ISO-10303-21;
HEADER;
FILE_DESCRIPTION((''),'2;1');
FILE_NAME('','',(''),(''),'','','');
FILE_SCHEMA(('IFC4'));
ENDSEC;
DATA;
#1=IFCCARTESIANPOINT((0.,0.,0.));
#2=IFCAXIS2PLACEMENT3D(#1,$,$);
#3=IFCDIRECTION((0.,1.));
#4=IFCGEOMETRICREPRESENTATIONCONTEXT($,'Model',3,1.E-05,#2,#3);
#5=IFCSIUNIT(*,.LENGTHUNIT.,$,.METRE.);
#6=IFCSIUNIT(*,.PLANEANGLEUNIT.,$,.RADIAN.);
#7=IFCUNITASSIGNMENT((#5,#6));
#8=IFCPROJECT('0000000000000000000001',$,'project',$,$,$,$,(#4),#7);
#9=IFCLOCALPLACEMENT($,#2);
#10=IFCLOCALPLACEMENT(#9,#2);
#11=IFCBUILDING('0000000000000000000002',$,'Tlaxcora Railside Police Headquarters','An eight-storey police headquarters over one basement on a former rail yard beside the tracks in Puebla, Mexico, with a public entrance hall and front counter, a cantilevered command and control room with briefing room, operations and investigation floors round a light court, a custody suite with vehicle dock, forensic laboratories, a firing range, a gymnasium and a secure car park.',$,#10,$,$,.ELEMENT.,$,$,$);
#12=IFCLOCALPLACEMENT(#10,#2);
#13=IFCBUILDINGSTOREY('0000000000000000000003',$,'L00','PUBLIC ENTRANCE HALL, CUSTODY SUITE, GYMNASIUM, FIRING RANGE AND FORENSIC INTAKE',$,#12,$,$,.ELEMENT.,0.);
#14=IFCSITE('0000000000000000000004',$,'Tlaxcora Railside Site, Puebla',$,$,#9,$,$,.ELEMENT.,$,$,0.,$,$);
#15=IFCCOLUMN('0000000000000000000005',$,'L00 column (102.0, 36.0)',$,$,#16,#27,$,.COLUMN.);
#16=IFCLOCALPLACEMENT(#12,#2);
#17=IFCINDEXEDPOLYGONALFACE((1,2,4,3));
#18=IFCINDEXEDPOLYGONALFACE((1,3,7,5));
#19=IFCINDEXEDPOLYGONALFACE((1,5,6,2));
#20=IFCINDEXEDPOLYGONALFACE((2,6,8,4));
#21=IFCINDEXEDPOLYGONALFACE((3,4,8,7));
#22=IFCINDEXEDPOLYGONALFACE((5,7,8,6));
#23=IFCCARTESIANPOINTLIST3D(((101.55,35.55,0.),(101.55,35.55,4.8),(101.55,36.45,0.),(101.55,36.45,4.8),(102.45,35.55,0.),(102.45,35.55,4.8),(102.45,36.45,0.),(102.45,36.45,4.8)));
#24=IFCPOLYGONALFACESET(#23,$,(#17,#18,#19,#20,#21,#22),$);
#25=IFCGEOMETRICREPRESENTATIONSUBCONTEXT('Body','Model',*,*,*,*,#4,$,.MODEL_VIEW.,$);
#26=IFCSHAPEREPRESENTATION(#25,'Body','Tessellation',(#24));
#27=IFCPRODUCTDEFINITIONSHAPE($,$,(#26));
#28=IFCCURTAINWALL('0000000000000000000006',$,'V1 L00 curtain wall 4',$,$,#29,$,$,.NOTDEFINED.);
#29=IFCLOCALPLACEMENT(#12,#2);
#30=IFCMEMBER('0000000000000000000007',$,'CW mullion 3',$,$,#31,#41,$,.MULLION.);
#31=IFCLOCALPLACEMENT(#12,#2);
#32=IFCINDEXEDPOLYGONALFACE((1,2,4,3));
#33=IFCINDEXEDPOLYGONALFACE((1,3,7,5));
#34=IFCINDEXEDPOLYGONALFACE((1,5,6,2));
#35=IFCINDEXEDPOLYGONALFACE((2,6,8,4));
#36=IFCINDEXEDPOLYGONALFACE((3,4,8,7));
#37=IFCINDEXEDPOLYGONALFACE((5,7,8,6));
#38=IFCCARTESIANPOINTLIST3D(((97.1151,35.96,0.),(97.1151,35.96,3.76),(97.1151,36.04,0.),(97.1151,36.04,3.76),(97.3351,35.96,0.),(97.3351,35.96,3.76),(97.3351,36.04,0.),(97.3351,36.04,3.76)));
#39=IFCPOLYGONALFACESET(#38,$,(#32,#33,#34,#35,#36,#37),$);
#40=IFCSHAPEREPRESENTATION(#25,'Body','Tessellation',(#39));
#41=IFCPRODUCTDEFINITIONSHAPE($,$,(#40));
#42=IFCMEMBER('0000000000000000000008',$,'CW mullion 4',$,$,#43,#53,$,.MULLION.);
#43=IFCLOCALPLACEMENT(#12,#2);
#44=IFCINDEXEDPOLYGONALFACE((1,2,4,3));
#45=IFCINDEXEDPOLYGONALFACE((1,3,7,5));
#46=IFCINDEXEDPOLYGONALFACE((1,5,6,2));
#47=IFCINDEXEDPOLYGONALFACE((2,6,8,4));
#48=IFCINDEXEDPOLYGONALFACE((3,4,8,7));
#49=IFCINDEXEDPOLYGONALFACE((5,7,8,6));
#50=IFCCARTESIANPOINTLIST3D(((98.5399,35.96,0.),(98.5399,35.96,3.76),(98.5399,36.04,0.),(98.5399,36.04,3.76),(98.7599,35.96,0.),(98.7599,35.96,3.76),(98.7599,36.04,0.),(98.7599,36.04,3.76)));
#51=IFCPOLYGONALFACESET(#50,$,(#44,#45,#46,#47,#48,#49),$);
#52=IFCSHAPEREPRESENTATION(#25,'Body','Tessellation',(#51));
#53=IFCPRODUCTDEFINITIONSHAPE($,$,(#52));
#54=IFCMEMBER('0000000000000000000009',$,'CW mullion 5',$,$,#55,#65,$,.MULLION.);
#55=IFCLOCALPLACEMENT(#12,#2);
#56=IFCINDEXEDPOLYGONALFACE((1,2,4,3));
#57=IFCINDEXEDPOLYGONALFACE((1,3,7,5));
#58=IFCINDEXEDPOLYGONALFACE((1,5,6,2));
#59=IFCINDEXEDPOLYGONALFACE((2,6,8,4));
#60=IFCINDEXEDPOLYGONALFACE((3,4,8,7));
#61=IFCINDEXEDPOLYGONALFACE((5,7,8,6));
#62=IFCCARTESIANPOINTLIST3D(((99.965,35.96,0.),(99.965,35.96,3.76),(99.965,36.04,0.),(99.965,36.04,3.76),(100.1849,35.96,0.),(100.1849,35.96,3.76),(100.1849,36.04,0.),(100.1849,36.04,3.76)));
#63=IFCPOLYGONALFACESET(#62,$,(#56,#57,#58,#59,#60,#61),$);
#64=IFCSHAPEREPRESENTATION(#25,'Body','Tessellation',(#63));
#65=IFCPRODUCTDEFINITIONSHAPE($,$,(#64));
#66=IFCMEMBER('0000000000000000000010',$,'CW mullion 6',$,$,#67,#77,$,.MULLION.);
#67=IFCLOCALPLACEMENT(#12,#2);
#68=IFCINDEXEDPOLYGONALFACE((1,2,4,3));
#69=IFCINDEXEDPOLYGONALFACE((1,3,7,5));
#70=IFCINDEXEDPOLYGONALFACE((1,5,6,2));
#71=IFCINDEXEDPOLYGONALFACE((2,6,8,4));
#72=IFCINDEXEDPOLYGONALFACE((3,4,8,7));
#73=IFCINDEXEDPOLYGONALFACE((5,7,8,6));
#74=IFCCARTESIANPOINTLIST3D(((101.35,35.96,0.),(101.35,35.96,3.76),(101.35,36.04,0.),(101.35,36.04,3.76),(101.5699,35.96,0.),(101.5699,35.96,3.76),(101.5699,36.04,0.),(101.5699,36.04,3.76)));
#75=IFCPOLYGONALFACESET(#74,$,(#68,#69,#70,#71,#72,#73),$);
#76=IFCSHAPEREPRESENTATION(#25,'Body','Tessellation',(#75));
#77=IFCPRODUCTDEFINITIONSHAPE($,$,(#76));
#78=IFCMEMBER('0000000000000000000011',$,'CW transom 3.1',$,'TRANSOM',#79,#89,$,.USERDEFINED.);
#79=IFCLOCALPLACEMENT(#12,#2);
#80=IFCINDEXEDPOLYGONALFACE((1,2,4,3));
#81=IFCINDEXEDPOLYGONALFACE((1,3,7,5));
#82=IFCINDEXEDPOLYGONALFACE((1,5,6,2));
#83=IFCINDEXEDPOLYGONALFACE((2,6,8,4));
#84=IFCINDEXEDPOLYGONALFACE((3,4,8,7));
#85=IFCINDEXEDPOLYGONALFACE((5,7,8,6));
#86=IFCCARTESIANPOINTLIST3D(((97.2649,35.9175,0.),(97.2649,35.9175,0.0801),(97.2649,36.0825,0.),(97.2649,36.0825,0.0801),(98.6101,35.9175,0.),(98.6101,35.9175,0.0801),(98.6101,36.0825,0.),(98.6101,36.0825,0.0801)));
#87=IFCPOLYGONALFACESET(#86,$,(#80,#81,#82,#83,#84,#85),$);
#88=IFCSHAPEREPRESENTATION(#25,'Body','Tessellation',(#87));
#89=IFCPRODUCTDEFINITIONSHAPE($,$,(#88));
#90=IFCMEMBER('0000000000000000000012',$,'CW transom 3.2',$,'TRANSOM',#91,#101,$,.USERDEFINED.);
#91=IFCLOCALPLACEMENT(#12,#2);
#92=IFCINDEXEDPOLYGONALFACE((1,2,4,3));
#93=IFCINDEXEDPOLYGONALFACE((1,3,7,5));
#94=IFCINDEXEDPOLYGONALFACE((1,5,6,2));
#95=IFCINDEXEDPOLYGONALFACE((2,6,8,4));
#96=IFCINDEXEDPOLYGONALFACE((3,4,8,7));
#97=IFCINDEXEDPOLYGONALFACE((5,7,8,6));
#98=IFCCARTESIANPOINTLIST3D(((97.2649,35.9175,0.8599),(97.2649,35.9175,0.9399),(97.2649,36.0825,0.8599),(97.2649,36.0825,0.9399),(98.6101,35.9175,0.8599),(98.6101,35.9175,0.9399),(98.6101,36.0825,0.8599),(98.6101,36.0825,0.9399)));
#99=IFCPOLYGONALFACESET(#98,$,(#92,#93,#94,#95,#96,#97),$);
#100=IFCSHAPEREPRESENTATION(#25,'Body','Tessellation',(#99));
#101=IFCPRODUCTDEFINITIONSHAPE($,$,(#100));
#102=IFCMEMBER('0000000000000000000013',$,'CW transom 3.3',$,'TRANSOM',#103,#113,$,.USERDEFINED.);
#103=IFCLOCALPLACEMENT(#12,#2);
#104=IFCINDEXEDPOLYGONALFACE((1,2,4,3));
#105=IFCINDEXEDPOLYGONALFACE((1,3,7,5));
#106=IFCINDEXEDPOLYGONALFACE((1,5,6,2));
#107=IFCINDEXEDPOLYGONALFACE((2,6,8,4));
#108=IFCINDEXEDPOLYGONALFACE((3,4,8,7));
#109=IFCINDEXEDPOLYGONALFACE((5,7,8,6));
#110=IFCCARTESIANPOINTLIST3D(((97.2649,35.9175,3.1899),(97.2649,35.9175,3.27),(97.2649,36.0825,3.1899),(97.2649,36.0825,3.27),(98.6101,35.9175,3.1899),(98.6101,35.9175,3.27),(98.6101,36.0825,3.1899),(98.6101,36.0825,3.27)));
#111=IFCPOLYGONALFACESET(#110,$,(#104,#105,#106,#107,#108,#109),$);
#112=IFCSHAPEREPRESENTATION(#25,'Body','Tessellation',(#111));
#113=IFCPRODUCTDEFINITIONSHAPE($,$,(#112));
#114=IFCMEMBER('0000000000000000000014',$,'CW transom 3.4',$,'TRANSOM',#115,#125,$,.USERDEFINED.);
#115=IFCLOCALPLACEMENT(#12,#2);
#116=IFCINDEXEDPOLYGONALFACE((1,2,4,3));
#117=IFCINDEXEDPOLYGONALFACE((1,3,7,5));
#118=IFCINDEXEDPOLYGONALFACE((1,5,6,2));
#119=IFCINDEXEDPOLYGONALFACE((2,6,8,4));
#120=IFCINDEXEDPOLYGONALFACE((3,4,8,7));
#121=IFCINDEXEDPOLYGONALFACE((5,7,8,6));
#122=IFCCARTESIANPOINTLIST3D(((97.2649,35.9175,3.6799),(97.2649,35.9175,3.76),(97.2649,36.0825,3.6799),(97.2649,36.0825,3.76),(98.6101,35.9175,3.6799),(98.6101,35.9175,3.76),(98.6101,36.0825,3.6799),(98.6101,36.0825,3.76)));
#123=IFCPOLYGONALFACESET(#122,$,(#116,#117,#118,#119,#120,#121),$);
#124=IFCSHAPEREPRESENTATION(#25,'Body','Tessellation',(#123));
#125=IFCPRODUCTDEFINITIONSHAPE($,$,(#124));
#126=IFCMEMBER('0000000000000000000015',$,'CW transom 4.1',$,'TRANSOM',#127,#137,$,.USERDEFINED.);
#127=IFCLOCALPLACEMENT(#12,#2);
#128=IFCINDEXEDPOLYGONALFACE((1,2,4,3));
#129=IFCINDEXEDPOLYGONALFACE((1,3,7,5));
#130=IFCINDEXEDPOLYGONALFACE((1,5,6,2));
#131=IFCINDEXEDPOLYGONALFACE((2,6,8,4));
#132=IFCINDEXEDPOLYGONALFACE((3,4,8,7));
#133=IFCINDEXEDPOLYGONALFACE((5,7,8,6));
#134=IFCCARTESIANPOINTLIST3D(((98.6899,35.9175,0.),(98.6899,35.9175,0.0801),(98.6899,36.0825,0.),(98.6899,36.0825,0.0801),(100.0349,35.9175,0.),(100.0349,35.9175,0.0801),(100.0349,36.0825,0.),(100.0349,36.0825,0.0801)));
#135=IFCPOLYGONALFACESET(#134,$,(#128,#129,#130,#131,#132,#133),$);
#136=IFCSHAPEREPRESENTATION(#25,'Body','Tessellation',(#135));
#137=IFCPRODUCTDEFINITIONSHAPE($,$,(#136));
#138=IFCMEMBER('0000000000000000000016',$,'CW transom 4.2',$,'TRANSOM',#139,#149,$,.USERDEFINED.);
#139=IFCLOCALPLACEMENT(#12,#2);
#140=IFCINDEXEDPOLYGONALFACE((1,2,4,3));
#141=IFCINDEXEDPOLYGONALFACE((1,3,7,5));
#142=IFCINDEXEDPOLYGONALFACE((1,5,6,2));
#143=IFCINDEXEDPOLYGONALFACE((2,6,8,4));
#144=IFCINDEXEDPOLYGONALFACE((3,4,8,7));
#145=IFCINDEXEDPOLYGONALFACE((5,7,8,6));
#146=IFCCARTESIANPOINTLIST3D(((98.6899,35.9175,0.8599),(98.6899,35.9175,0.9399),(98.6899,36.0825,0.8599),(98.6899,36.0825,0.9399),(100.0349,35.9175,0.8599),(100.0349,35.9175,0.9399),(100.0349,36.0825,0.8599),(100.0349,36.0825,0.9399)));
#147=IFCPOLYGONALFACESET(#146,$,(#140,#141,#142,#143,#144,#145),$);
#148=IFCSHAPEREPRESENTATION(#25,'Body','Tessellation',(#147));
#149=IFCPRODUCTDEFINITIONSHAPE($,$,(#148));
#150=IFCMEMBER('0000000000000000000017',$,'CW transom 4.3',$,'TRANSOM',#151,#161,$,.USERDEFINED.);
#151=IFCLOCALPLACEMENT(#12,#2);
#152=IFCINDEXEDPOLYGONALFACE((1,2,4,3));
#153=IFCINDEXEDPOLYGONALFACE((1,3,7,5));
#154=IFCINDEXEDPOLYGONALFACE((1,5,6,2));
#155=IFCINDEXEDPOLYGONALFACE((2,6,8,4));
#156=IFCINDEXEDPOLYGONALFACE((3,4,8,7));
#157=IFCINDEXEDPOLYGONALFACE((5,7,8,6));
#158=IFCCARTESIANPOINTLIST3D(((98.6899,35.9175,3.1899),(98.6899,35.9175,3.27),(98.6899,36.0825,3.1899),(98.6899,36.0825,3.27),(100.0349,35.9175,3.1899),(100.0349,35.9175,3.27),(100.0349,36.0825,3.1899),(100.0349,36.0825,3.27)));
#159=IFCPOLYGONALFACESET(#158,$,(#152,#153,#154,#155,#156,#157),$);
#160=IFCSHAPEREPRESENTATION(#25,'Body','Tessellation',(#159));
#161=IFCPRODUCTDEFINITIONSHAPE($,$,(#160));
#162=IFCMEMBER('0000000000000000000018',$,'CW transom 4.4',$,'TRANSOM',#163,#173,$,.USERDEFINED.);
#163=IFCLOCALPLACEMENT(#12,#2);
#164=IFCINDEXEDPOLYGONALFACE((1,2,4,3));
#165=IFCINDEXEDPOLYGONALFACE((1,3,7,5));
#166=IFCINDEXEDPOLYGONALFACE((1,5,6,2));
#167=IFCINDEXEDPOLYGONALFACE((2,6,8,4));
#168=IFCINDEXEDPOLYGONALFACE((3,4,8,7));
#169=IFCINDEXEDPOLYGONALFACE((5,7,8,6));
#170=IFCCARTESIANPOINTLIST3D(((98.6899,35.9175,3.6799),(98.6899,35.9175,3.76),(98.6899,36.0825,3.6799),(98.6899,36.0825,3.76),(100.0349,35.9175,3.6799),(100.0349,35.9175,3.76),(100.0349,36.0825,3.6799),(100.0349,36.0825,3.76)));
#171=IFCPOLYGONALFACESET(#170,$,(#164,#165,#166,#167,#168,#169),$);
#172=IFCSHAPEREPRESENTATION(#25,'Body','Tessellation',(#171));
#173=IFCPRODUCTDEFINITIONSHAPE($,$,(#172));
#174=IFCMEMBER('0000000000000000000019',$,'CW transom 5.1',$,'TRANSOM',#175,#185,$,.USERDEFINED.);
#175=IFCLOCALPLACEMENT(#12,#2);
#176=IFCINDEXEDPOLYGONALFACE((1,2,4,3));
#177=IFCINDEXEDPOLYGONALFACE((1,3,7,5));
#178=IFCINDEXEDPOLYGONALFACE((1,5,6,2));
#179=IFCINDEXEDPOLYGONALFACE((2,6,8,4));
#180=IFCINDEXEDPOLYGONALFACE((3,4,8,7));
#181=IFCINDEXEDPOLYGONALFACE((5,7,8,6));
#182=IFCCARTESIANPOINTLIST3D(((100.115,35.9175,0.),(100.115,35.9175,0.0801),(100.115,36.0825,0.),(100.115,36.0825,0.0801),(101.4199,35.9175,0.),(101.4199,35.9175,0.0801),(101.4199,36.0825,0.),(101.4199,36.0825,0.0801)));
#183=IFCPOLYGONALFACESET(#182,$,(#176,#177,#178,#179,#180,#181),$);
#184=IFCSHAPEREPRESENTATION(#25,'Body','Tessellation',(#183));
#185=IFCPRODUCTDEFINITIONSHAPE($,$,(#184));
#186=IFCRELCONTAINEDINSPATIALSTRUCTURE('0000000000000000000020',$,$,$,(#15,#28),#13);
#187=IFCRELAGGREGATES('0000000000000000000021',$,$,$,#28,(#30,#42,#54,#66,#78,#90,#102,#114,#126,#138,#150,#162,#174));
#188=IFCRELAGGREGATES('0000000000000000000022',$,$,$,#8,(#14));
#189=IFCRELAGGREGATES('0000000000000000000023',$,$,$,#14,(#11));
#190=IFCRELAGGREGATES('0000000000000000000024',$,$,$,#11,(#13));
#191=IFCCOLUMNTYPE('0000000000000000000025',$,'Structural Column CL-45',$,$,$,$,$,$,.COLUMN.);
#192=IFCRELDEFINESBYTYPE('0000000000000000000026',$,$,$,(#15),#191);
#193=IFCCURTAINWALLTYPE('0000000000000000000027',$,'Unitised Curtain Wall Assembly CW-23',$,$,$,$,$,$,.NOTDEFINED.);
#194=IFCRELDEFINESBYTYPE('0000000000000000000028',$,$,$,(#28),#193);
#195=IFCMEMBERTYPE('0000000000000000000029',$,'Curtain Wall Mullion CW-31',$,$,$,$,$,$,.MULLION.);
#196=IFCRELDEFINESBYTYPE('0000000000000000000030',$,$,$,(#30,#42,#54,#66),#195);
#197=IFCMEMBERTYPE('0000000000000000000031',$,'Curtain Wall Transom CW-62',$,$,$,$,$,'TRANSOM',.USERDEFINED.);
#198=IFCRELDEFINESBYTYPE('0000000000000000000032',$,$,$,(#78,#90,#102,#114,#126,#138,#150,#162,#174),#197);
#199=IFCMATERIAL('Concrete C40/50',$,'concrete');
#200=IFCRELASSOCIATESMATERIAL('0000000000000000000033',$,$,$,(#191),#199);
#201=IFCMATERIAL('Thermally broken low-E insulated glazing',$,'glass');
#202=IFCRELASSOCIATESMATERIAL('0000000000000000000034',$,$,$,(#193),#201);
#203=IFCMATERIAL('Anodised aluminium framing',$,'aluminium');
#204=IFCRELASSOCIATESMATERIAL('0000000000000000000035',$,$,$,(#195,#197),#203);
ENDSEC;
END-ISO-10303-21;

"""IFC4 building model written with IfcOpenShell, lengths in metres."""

from ifc_helpers import new_model, si_unit, direction, frame, origin, origin_2d, place, context, subcontext, project, spatial, rectangle, extrude, material, material_profile, profile_set, type_object, element, aggregate, save


model = new_model("IFC4")

# Units and contexts
model_context = context("Model", 3, precision=1e-05, world=origin(), true_north=direction((0.0, 1.0)))
body_context = subcontext(model_context, "Body", "Model", "MODEL_VIEW")
ifc_project = project(units=[si_unit("LENGTHUNIT", "METRE"), si_unit("PLANEANGLEUNIT", "RADIAN")], contexts=[model_context])

# Site, building, storey
site_placement = place(None, origin())
site = spatial("IfcSite", under=ifc_project, at=site_placement, Name="Tlaxcora Railside Site, Puebla", CompositionType="ELEMENT", RefElevation=0.0)
building_placement = place(site_placement, origin())
building = spatial("IfcBuilding", under=site, at=building_placement, Name="Tlaxcora Railside Police Headquarters", Description="An eight-storey police headquarters over one basement on a former rail yard beside the tracks in Puebla, Mexico, with a public entrance hall and front counter, a cantilevered command and control room with briefing room, operations and investigation floors round a light court, a custody suite with vehicle dock, forensic laboratories, a firing range, a gymnasium and a secure car park.", CompositionType="ELEMENT")
storey_placement = place(building_placement, origin())
storey = spatial("IfcBuildingStorey", under=building, at=storey_placement, Name="L00", Description="PUBLIC ENTRANCE HALL, CUSTODY SUITE, GYMNASIUM, FIRING RANGE AND FORENSIC INTAKE", CompositionType="ELEMENT", Elevation=0.0)

# Column
ifc_material_1 = material(Name="Concrete C40/50", Category="concrete")
ifc_material_profile_1 = material_profile(ifc_material_1, rectangle(XDim=0.8999, YDim=0.8999, at=origin_2d()), Name="RC900X900")
ifc_profile_set_1 = profile_set([ifc_material_profile_1], Name="Concrete C40/50")
column_type = type_object("IfcColumnType", Name="Structural Column CL-45", PredefinedType="COLUMN", material=ifc_profile_set_1)
column_placement = place(storey_placement, frame((102.0, 36.0, 0.0), z_axis=(0.0, 0.0, 1.0), x_axis=(1.0, 0.0, 0.0)))
element("IfcColumn", 1, at=column_placement, inside=storey, type_object=column_type, Name="L00 column (102.0, 36.0)", PredefinedType="COLUMN", context=body_context, shape_type="SweptSolid", body=[
    extrude(rectangle(XDim=0.8999, YDim=0.8999, at=origin_2d()), origin(), (0.0, 0.0, 1.0), 4.8),
])

# Curtain wall, members
ifc_material_2 = material(Name="Thermally broken low-E insulated glazing", Category="glass")
curtain_wall_type = type_object("IfcCurtainWallType", Name="Unitised Curtain Wall Assembly CW-23", PredefinedType="NOTDEFINED", material=ifc_material_2)
curtain_wall_placement = place(storey_placement, origin())
curtain_wall = element("IfcCurtainWall", 2, at=curtain_wall_placement, inside=storey, type_object=curtain_wall_type, Name="V1 L00 curtain wall 4", PredefinedType="NOTDEFINED")
ifc_material_3 = material(Name="Anodised aluminium framing", Category="aluminium")
ifc_material_profile_2 = material_profile(ifc_material_3, rectangle(XDim=0.0801, YDim=0.22, at=origin_2d()), Name="AL80X220")
ifc_profile_set_2 = profile_set([ifc_material_profile_2], Name="Anodised aluminium framing")
member_type_1 = type_object("IfcMemberType", Name="Curtain Wall Mullion CW-31", PredefinedType="MULLION", material=ifc_profile_set_2)
member_1_placement = place(storey_placement, frame((97.2251, 36.0, 0.0), z_axis=(0.0, 0.0, 1.0), x_axis=(0.0, 1.0, 0.0)))
member_1 = element("IfcMember", 3, at=member_1_placement, type_object=member_type_1, Name="CW mullion 3", PredefinedType="MULLION", context=body_context, shape_type="SweptSolid", body=[
    extrude(rectangle(XDim=0.0801, YDim=0.22, at=origin_2d()), origin(), (0.0, 0.0, 1.0), 3.76),
])
member_2_placement = place(storey_placement, frame((98.6499, 36.0, 0.0), z_axis=(0.0, 0.0, 1.0), x_axis=(0.0, 1.0, 0.0)))
member_2 = element("IfcMember", 4, at=member_2_placement, type_object=member_type_1, Name="CW mullion 4", PredefinedType="MULLION", context=body_context, shape_type="SweptSolid", body=[
    extrude(rectangle(XDim=0.0801, YDim=0.22, at=origin_2d()), origin(), (0.0, 0.0, 1.0), 3.76),
])
member_3_placement = place(storey_placement, frame((100.075, 36.0, 0.0), z_axis=(0.0, 0.0, 1.0), x_axis=(0.0, 1.0, 0.0)))
member_3 = element("IfcMember", 5, at=member_3_placement, type_object=member_type_1, Name="CW mullion 5", PredefinedType="MULLION", context=body_context, shape_type="SweptSolid", body=[
    extrude(rectangle(XDim=0.0801, YDim=0.22, at=origin_2d()), origin(), (0.0, 0.0, 1.0), 3.76),
])
member_4_placement = place(storey_placement, frame((101.46, 36.0, 0.0), z_axis=(0.0, 0.0, 1.0), x_axis=(0.0, 1.0, 0.0)))
member_4 = element("IfcMember", 6, at=member_4_placement, type_object=member_type_1, Name="CW mullion 6", PredefinedType="MULLION", context=body_context, shape_type="SweptSolid", body=[
    extrude(rectangle(XDim=0.0801, YDim=0.22, at=origin_2d()), origin(), (0.0, 0.0, 1.0), 3.76),
])
ifc_material_profile_3 = material_profile(ifc_material_3, rectangle(XDim=0.165, YDim=0.0801, at=origin_2d()), Name="AL80X165")
ifc_profile_set_3 = profile_set([ifc_material_profile_3], Name="Anodised aluminium framing")
member_type_2 = type_object("IfcMemberType", Name="Curtain Wall Transom CW-62", ElementType="TRANSOM", PredefinedType="USERDEFINED", material=ifc_profile_set_3)
member_5_placement = place(storey_placement, frame((97.2649, 36.0, 0.04), z_axis=(1.0, 0.0, 0.0), x_axis=(0.0, 1.0, 0.0)))
member_5 = element("IfcMember", 7, at=member_5_placement, type_object=member_type_2, Name="CW transom 3.1", ObjectType="TRANSOM", PredefinedType="USERDEFINED", context=body_context, shape_type="SweptSolid", body=[
    extrude(rectangle(XDim=0.165, YDim=0.0801, at=origin_2d()), origin(), (0.0, 0.0, 1.0), 1.3452),
])
member_6_placement = place(storey_placement, frame((97.2649, 36.0, 0.8999), z_axis=(1.0, 0.0, 0.0), x_axis=(0.0, 1.0, 0.0)))
member_6 = element("IfcMember", 8, at=member_6_placement, type_object=member_type_2, Name="CW transom 3.2", ObjectType="TRANSOM", PredefinedType="USERDEFINED", context=body_context, shape_type="SweptSolid", body=[
    extrude(rectangle(XDim=0.165, YDim=0.0801, at=origin_2d()), origin(), (0.0, 0.0, 1.0), 1.3452),
])
member_7_placement = place(storey_placement, frame((97.2649, 36.0, 3.23), z_axis=(1.0, 0.0, 0.0), x_axis=(0.0, 1.0, 0.0)))
member_7 = element("IfcMember", 9, at=member_7_placement, type_object=member_type_2, Name="CW transom 3.3", ObjectType="TRANSOM", PredefinedType="USERDEFINED", context=body_context, shape_type="SweptSolid", body=[
    extrude(rectangle(XDim=0.165, YDim=0.0801, at=origin_2d()), origin(), (0.0, 0.0, 1.0), 1.3452),
])
member_8_placement = place(storey_placement, frame((97.2649, 36.0, 3.72), z_axis=(1.0, 0.0, 0.0), x_axis=(0.0, 1.0, 0.0)))
member_8 = element("IfcMember", 10, at=member_8_placement, type_object=member_type_2, Name="CW transom 3.4", ObjectType="TRANSOM", PredefinedType="USERDEFINED", context=body_context, shape_type="SweptSolid", body=[
    extrude(rectangle(XDim=0.165, YDim=0.0801, at=origin_2d()), origin(), (0.0, 0.0, 1.0), 1.3452),
])
member_9_placement = place(storey_placement, frame((98.6899, 36.0, 0.04), z_axis=(1.0, 0.0, 0.0), x_axis=(0.0, 1.0, 0.0)))
member_9 = element("IfcMember", 11, at=member_9_placement, type_object=member_type_2, Name="CW transom 4.1", ObjectType="TRANSOM", PredefinedType="USERDEFINED", context=body_context, shape_type="SweptSolid", body=[
    extrude(rectangle(XDim=0.165, YDim=0.0801, at=origin_2d()), origin(), (0.0, 0.0, 1.0), 1.345),
])
member_10_placement = place(storey_placement, frame((98.6899, 36.0, 0.8999), z_axis=(1.0, 0.0, 0.0), x_axis=(0.0, 1.0, 0.0)))
member_10 = element("IfcMember", 12, at=member_10_placement, type_object=member_type_2, Name="CW transom 4.2", ObjectType="TRANSOM", PredefinedType="USERDEFINED", context=body_context, shape_type="SweptSolid", body=[
    extrude(rectangle(XDim=0.165, YDim=0.0801, at=origin_2d()), origin(), (0.0, 0.0, 1.0), 1.345),
])
member_11_placement = place(storey_placement, frame((98.6899, 36.0, 3.23), z_axis=(1.0, 0.0, 0.0), x_axis=(0.0, 1.0, 0.0)))
member_11 = element("IfcMember", 13, at=member_11_placement, type_object=member_type_2, Name="CW transom 4.3", ObjectType="TRANSOM", PredefinedType="USERDEFINED", context=body_context, shape_type="SweptSolid", body=[
    extrude(rectangle(XDim=0.165, YDim=0.0801, at=origin_2d()), origin(), (0.0, 0.0, 1.0), 1.345),
])
member_12_placement = place(storey_placement, frame((98.6899, 36.0, 3.72), z_axis=(1.0, 0.0, 0.0), x_axis=(0.0, 1.0, 0.0)))
member_12 = element("IfcMember", 14, at=member_12_placement, type_object=member_type_2, Name="CW transom 4.4", ObjectType="TRANSOM", PredefinedType="USERDEFINED", context=body_context, shape_type="SweptSolid", body=[
    extrude(rectangle(XDim=0.165, YDim=0.0801, at=origin_2d()), origin(), (0.0, 0.0, 1.0), 1.345),
])
member_13_placement = place(storey_placement, frame((100.115, 36.0, 0.04), z_axis=(1.0, 0.0, 0.0), x_axis=(0.0, 1.0, 0.0)))
member_13 = element("IfcMember", 15, at=member_13_placement, type_object=member_type_2, Name="CW transom 5.1", ObjectType="TRANSOM", PredefinedType="USERDEFINED", context=body_context, shape_type="SweptSolid", body=[
    extrude(rectangle(XDim=0.165, YDim=0.0801, at=origin_2d()), origin(), (0.0, 0.0, 1.0), 1.3049),
])

aggregate(curtain_wall, [member_1, member_2, member_3, member_4, member_5, member_6, member_7, member_8, member_9, member_10, member_11, member_12, member_13])

save(model, "model.ifc")
